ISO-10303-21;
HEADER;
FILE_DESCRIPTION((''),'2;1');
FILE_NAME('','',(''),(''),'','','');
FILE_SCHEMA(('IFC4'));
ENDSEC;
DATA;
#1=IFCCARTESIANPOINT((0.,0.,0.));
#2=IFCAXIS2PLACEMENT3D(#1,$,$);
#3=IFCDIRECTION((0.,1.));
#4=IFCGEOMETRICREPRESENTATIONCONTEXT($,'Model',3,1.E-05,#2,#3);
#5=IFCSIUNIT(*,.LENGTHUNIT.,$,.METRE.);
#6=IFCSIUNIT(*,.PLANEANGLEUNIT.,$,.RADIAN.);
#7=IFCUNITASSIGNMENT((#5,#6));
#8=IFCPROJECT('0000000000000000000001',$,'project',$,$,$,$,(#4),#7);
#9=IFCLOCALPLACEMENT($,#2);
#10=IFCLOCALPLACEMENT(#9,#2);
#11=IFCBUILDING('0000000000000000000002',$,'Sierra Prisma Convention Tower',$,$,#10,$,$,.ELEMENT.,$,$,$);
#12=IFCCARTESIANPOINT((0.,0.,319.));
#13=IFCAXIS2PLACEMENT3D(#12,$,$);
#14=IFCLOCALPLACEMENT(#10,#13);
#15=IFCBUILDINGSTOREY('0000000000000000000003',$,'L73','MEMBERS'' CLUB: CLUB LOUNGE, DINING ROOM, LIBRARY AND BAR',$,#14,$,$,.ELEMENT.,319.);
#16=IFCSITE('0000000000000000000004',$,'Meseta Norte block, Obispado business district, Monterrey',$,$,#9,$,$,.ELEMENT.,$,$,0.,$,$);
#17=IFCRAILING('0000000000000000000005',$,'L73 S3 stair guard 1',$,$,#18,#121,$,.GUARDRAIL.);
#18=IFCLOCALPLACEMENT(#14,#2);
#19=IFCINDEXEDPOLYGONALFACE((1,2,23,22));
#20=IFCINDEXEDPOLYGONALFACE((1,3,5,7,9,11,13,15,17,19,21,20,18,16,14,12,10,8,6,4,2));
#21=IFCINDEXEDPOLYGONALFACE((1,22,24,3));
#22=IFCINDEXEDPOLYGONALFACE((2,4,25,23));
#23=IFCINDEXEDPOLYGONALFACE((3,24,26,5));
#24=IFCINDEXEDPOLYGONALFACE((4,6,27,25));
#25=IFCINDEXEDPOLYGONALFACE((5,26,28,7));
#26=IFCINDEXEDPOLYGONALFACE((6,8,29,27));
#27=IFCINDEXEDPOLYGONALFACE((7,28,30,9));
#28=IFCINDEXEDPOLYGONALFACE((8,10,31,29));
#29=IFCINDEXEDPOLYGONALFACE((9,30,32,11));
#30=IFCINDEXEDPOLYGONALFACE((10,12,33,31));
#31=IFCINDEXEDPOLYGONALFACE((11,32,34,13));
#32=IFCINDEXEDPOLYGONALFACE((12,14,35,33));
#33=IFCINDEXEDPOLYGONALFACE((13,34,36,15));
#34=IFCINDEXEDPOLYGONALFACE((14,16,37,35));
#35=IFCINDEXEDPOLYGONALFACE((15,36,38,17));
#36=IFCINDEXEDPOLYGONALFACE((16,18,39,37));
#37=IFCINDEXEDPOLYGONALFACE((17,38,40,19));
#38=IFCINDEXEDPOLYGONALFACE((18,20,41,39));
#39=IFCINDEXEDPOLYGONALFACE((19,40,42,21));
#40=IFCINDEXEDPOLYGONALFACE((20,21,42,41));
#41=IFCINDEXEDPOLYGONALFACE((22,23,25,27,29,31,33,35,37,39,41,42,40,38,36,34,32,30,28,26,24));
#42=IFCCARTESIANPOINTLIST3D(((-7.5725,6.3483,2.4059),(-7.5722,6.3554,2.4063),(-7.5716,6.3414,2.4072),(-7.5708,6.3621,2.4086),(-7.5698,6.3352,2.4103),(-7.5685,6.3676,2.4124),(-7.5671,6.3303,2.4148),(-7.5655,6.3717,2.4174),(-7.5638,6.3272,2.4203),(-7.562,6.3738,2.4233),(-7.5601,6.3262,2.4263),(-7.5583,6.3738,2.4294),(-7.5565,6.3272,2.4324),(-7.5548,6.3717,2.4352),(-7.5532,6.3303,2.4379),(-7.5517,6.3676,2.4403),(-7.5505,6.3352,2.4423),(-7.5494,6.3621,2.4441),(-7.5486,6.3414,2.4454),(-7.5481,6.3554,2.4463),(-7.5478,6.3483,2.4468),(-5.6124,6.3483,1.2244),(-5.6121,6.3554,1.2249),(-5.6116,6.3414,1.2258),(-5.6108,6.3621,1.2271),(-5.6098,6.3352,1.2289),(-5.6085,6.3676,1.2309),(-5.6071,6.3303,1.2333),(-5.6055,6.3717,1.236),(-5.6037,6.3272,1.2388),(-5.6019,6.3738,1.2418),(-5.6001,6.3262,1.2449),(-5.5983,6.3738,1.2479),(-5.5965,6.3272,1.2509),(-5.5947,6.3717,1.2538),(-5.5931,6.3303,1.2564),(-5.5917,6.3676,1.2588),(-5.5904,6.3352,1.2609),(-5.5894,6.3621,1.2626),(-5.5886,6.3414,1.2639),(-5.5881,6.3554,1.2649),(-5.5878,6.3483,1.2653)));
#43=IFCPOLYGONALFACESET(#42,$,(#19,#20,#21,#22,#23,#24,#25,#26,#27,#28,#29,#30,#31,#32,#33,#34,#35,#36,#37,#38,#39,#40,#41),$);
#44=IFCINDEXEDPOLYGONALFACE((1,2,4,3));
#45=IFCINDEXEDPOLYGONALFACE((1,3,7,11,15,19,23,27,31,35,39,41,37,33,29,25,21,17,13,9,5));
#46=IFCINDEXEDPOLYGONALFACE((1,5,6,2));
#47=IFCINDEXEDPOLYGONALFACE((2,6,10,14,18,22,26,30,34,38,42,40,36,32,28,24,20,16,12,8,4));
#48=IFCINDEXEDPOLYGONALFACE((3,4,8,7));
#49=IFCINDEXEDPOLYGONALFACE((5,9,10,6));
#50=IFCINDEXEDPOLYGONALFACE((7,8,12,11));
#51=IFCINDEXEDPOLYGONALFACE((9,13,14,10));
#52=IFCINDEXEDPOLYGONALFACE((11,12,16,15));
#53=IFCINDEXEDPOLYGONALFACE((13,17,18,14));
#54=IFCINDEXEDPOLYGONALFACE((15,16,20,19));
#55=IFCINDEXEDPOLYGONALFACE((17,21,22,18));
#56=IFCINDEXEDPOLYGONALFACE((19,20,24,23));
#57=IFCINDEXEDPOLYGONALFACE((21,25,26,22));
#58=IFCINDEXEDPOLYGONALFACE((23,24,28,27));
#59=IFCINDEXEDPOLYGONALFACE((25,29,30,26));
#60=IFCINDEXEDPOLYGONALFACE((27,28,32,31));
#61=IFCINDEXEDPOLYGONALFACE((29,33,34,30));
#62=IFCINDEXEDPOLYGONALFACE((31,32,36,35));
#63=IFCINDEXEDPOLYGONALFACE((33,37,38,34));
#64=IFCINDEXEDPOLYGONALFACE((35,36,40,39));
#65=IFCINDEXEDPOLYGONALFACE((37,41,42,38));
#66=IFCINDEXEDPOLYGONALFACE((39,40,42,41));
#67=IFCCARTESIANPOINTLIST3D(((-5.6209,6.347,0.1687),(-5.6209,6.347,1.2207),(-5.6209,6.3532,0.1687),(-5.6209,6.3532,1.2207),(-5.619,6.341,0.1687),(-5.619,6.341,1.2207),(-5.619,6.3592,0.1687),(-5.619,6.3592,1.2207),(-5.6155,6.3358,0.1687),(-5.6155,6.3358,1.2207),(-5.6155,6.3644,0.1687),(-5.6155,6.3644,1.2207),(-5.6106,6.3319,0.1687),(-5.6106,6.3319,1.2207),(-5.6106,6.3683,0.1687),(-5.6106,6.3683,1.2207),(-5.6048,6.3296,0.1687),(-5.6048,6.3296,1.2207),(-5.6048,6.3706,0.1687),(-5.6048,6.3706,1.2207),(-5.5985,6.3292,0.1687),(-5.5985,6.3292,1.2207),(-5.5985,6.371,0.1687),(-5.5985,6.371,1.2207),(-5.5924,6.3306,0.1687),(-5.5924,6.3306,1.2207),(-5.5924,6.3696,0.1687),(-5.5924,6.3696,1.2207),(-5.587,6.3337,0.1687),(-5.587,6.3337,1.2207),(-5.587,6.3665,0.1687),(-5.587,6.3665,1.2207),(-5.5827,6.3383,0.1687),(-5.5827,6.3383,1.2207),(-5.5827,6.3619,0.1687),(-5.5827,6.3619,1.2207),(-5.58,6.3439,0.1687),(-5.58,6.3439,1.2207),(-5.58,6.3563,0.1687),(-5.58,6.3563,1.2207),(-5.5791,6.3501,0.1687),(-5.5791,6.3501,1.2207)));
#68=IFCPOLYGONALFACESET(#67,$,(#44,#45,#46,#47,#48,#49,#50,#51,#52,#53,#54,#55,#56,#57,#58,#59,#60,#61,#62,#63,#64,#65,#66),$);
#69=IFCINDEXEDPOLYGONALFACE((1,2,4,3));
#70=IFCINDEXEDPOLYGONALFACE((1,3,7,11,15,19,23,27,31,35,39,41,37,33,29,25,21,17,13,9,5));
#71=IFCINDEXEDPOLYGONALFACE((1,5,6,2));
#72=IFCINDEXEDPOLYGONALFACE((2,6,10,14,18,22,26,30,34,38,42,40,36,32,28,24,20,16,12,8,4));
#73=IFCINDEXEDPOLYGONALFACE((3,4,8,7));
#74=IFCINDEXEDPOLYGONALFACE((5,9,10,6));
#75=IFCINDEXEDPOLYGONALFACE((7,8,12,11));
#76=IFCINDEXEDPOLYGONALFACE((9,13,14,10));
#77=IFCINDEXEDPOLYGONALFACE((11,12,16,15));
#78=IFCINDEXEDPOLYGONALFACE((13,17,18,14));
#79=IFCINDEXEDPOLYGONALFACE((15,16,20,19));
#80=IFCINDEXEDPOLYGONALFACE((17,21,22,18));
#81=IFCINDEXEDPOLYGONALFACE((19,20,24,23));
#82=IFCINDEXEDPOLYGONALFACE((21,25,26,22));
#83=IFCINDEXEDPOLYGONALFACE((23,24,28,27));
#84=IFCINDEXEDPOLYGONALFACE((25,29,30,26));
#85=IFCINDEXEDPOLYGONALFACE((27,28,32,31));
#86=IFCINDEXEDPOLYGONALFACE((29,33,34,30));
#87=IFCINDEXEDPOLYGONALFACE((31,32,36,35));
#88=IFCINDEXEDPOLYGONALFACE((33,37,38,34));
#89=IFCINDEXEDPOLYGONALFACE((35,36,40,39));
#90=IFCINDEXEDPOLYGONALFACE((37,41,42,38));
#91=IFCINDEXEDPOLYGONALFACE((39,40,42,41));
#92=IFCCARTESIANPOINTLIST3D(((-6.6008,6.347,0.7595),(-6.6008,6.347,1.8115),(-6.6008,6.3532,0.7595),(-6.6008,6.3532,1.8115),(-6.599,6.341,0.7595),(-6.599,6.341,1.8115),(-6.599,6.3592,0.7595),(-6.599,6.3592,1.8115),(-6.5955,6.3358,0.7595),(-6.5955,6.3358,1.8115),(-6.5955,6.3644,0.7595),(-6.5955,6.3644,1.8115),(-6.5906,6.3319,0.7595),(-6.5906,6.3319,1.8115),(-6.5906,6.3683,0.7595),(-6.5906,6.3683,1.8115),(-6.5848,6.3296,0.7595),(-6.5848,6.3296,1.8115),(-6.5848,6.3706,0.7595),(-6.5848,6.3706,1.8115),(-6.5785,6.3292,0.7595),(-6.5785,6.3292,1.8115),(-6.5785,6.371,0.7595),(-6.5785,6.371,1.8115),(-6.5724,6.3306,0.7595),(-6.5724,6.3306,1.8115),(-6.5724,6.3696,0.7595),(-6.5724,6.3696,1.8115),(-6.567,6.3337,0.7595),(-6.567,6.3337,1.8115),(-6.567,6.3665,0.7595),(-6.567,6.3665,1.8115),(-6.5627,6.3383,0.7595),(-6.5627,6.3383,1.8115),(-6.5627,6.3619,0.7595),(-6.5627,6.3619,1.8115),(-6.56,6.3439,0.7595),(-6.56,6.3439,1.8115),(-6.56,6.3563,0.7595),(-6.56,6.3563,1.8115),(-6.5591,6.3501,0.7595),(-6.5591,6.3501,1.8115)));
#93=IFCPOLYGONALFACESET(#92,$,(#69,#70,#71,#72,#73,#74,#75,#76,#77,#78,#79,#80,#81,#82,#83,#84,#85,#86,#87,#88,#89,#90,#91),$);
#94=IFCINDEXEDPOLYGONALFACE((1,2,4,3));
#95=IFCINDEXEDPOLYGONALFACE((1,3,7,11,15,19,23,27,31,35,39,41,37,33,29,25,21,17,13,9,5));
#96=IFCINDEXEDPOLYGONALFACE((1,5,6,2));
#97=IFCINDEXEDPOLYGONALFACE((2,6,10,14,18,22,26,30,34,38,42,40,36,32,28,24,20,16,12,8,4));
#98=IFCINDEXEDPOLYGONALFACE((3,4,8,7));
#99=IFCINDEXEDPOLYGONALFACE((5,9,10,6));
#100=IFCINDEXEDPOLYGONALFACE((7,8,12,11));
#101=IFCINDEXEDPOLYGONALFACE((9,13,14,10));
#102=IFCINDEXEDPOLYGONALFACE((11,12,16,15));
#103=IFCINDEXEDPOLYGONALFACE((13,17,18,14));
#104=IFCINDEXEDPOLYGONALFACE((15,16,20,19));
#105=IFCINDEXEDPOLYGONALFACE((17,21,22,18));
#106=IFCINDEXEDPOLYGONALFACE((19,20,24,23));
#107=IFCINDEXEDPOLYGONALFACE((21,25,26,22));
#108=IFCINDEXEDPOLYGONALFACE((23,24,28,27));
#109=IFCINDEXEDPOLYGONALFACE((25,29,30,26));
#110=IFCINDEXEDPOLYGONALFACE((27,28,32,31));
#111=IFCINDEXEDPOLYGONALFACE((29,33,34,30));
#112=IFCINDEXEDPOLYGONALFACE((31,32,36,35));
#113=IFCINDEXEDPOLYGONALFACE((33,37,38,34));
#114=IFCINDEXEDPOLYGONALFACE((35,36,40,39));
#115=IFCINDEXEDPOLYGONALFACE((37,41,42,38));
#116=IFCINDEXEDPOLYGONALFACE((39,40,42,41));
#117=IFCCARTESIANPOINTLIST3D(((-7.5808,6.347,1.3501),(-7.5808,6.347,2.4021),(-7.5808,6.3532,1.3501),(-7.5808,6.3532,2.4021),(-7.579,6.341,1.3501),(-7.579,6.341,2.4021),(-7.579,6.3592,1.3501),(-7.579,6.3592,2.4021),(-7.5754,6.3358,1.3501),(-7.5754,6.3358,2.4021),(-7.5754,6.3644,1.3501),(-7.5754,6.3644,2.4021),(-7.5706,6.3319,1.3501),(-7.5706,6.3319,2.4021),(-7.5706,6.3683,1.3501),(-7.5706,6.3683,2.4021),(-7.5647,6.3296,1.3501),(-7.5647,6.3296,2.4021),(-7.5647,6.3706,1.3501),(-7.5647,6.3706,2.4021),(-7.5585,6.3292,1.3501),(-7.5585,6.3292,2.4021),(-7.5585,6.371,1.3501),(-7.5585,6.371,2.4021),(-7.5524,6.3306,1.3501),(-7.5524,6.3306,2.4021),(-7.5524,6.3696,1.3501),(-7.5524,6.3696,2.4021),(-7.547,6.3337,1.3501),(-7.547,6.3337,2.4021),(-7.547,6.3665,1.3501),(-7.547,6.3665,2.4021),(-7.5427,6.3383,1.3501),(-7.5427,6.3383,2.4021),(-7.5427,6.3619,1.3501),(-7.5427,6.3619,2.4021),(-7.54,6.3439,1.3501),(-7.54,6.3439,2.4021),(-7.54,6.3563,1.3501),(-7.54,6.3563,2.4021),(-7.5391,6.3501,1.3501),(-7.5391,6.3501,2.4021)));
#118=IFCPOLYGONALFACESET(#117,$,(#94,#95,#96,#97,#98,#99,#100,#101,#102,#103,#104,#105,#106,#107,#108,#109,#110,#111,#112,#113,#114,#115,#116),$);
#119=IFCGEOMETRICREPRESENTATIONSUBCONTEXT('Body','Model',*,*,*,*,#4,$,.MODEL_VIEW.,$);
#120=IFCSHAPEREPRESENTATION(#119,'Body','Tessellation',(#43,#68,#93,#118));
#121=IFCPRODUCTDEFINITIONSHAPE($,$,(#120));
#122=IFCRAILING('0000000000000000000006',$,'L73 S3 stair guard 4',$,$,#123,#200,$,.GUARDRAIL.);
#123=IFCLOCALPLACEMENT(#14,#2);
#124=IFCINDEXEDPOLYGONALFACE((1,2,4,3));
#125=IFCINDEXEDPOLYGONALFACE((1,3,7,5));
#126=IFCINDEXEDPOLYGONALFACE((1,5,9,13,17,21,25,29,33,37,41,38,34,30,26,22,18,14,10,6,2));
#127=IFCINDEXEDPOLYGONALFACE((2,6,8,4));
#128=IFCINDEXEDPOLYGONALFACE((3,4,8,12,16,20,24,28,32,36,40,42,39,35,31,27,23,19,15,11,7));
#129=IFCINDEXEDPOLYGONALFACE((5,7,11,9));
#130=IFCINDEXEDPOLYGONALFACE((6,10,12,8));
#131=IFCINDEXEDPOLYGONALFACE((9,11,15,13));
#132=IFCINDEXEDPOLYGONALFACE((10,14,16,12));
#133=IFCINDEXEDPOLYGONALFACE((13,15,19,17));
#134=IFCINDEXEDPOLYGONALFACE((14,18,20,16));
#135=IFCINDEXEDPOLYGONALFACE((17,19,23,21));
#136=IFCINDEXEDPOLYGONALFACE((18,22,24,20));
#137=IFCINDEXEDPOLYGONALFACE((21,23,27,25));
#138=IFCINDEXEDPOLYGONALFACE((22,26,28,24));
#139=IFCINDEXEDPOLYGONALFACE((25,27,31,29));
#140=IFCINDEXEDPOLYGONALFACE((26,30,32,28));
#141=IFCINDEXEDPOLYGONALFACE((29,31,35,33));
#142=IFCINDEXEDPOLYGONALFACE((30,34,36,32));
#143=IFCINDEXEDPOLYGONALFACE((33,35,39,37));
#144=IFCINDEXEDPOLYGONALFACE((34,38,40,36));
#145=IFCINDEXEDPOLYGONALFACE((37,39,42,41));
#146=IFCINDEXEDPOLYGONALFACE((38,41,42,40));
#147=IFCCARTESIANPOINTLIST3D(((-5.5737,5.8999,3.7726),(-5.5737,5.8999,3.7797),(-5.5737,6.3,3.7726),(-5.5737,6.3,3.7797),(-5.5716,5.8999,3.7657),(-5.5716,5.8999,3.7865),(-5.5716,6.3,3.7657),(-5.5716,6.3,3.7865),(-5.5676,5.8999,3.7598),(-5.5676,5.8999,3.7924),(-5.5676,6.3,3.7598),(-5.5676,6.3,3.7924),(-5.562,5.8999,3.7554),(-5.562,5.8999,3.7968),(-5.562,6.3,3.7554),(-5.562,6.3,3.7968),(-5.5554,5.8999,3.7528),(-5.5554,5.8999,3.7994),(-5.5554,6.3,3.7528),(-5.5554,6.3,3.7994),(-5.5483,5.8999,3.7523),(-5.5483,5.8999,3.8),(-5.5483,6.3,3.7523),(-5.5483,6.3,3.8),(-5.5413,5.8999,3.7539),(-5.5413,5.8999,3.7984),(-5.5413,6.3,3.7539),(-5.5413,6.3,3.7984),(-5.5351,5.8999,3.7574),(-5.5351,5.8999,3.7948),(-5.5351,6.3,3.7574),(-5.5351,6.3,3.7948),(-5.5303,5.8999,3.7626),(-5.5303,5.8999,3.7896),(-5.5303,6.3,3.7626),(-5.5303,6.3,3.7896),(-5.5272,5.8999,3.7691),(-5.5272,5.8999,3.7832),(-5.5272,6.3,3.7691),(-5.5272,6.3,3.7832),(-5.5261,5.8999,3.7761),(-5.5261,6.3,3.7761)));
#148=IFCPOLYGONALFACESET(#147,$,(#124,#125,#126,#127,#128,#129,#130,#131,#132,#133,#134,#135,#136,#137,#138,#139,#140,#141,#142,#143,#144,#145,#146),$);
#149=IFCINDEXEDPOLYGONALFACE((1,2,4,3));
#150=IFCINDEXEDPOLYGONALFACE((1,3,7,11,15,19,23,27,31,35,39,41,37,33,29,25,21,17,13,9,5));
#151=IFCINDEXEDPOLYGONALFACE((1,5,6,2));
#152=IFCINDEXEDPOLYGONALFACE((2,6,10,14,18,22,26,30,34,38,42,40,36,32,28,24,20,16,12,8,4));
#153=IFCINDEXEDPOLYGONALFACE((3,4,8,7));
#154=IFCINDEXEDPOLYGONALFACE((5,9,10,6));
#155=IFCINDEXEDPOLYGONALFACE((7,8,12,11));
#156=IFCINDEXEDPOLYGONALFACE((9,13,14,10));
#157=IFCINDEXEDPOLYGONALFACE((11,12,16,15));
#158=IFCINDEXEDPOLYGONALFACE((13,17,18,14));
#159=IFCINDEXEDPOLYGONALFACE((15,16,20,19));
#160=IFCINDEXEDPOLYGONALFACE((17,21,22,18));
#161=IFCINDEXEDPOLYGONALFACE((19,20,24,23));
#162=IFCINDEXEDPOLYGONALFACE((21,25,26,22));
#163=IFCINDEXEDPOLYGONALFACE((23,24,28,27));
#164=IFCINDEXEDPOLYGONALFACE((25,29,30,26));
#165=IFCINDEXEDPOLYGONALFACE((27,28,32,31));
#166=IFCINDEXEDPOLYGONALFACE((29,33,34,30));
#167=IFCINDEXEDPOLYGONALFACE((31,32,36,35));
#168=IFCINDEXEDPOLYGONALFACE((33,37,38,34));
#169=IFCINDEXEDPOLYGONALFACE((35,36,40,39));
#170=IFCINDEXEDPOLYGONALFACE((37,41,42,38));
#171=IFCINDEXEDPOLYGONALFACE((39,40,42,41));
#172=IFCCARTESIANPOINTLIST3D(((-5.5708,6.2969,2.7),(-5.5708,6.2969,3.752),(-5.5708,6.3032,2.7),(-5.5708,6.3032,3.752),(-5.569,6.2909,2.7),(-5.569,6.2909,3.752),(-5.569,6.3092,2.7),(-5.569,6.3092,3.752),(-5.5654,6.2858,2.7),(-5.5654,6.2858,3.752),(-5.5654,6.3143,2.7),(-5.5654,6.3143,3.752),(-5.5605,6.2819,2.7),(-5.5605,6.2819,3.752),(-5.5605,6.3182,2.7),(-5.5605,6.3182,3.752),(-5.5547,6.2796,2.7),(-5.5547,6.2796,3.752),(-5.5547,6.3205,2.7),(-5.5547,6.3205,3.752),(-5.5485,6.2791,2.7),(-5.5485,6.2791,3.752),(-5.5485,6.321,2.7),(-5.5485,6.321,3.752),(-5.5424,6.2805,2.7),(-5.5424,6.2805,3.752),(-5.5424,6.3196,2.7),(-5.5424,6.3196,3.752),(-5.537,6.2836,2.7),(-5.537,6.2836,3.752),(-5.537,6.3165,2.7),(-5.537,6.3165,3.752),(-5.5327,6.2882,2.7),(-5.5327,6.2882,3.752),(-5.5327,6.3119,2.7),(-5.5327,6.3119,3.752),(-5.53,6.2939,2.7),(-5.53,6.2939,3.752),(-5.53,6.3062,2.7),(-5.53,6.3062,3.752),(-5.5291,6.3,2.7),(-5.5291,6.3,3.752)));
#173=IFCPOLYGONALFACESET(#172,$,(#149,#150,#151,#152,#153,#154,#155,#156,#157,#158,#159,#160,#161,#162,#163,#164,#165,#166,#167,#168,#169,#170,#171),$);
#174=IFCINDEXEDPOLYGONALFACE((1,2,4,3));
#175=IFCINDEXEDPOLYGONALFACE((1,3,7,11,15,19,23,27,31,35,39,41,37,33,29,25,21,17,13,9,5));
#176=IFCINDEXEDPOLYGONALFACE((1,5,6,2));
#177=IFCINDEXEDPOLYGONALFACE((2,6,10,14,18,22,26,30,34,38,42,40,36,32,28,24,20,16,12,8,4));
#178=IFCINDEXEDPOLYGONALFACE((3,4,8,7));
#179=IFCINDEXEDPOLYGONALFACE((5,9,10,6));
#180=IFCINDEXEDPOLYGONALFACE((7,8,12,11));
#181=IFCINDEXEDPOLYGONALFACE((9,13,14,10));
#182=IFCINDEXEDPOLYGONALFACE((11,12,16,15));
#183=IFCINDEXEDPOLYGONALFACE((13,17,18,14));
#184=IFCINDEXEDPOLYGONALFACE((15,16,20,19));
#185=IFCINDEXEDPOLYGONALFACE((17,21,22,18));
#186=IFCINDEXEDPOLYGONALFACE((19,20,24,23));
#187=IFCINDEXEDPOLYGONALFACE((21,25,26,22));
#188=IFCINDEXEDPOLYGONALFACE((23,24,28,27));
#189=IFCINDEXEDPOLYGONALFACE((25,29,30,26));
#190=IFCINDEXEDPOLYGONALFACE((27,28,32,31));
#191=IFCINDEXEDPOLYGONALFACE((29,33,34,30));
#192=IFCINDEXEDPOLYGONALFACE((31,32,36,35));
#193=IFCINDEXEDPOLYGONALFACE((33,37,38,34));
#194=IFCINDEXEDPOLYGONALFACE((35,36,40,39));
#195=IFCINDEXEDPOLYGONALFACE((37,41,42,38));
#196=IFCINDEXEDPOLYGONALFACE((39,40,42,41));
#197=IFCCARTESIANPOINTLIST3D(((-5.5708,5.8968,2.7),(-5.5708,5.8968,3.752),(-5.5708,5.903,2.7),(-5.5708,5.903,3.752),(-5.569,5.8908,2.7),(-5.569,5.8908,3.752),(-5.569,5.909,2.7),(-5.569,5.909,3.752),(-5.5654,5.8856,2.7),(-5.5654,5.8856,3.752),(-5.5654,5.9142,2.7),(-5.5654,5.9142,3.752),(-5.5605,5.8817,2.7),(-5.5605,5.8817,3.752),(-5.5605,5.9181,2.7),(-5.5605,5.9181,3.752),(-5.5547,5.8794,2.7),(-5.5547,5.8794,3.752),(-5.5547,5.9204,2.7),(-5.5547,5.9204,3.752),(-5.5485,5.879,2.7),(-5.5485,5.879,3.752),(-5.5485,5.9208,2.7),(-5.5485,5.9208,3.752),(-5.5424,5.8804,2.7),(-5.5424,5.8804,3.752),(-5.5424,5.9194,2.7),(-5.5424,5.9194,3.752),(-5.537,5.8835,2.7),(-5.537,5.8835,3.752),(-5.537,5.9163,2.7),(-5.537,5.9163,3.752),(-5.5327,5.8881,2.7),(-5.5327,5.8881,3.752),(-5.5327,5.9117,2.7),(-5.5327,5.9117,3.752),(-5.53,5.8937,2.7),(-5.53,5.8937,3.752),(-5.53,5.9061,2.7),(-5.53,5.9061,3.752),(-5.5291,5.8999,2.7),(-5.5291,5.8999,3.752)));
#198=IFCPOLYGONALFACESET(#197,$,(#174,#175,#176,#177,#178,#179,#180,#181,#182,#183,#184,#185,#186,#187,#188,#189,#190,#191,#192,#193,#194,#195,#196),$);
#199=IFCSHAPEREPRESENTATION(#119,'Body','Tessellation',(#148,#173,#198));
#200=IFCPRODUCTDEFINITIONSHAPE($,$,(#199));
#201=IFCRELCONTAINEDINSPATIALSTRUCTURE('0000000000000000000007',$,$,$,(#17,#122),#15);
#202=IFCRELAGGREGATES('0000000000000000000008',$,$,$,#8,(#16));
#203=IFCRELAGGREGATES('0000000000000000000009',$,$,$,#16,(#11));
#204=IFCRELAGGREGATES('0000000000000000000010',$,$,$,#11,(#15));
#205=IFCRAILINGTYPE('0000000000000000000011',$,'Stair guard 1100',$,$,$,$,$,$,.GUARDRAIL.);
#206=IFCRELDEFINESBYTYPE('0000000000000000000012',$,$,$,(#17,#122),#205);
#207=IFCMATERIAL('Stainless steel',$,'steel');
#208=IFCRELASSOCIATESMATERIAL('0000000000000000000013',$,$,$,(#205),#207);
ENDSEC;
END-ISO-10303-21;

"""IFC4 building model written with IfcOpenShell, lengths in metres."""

from ifc_helpers import new_model, si_unit, direction, frame, origin, origin_2d, place, context, subcontext, project, spatial, circle, extrude, material, type_object, element, save


model = new_model("IFC4")

# Units and contexts
model_context = context("Model", 3, precision=1e-05, world=origin(), true_north=direction((0.0, 1.0)))
body_context = subcontext(model_context, "Body", "Model", "MODEL_VIEW")
ifc_project = project(units=[si_unit("LENGTHUNIT", "METRE"), si_unit("PLANEANGLEUNIT", "RADIAN")], contexts=[model_context])

# Site, building, storey
site_placement = place(None, origin())
site = spatial("IfcSite", under=ifc_project, at=site_placement, Name="Meseta Norte block, Obispado business district, Monterrey", CompositionType="ELEMENT", RefElevation=0.0)
building_placement = place(site_placement, origin())
building = spatial("IfcBuilding", under=site, at=building_placement, Name="Sierra Prisma Convention Tower", CompositionType="ELEMENT")
storey_placement = place(building_placement, frame((0.0, 0.0, 319.0)))
storey = spatial("IfcBuildingStorey", under=building, at=storey_placement, Name="L73", Description="MEMBERS' CLUB: CLUB LOUNGE, DINING ROOM, LIBRARY AND BAR", CompositionType="ELEMENT", Elevation=319.0)

# Railings
ifc_material_1 = material(Name="Stainless steel", Category="steel")
railing_type = type_object("IfcRailingType", Name="Stair guard 1100", PredefinedType="GUARDRAIL", material=ifc_material_1)
railing_placement = place(storey_placement, frame((-5.6001, 6.3501, 0.1687)))
element("IfcRailing", 1, at=railing_placement, inside=storey, type_object=railing_type, Name="L73 S3 stair guard 1", PredefinedType="GUARDRAIL", context=body_context, shape_type="SweptSolid", body=[
    extrude(circle(Radius=0.0239, at=origin_2d()), frame((0.0, 0.0, 1.0762), z_axis=(-0.856446, 0.0, 0.516236), x_axis=(0.0, -1.0, 0.0)), (0.0, 0.0, 1.0), 2.2886),
    extrude(circle(Radius=0.021, at=origin_2d()), origin(), (0.0, 0.0, 1.0), 1.052),
    extrude(circle(Radius=0.021, at=origin_2d()), frame((-0.98, 0.0, 0.5908)), (0.0, 0.0, 1.0), 1.052),
    extrude(circle(Radius=0.021, at=origin_2d()), frame((-1.96, 0.0, 1.1814)), (0.0, 0.0, 1.0), 1.052),
])
for number, where, name in (
    (2, (-5.55, 6.3, 2.7), "L73 S3 stair guard 4"),
):
    element("IfcRailing", number, at=place(storey_placement, frame(where)), inside=storey, type_object=railing_type, Name=name, PredefinedType="GUARDRAIL", context=body_context, shape_type="SweptSolid", body=[
        extrude(circle(Radius=0.0239, at=origin_2d()), frame((0.0, 0.0, 1.0762), z_axis=(0.0, -1.0, 0.0), x_axis=(1.0, 0.0, 0.0)), (0.0, 0.0, 1.0), 0.4001),
        extrude(circle(Radius=0.021, at=origin_2d()), origin(), (0.0, 0.0, 1.0), 1.052),
        extrude(circle(Radius=0.021, at=origin_2d()), frame((0.0, -0.4001, 0.0)), (0.0, 0.0, 1.0), 1.052),
    ])

save(model, "model.ifc")
